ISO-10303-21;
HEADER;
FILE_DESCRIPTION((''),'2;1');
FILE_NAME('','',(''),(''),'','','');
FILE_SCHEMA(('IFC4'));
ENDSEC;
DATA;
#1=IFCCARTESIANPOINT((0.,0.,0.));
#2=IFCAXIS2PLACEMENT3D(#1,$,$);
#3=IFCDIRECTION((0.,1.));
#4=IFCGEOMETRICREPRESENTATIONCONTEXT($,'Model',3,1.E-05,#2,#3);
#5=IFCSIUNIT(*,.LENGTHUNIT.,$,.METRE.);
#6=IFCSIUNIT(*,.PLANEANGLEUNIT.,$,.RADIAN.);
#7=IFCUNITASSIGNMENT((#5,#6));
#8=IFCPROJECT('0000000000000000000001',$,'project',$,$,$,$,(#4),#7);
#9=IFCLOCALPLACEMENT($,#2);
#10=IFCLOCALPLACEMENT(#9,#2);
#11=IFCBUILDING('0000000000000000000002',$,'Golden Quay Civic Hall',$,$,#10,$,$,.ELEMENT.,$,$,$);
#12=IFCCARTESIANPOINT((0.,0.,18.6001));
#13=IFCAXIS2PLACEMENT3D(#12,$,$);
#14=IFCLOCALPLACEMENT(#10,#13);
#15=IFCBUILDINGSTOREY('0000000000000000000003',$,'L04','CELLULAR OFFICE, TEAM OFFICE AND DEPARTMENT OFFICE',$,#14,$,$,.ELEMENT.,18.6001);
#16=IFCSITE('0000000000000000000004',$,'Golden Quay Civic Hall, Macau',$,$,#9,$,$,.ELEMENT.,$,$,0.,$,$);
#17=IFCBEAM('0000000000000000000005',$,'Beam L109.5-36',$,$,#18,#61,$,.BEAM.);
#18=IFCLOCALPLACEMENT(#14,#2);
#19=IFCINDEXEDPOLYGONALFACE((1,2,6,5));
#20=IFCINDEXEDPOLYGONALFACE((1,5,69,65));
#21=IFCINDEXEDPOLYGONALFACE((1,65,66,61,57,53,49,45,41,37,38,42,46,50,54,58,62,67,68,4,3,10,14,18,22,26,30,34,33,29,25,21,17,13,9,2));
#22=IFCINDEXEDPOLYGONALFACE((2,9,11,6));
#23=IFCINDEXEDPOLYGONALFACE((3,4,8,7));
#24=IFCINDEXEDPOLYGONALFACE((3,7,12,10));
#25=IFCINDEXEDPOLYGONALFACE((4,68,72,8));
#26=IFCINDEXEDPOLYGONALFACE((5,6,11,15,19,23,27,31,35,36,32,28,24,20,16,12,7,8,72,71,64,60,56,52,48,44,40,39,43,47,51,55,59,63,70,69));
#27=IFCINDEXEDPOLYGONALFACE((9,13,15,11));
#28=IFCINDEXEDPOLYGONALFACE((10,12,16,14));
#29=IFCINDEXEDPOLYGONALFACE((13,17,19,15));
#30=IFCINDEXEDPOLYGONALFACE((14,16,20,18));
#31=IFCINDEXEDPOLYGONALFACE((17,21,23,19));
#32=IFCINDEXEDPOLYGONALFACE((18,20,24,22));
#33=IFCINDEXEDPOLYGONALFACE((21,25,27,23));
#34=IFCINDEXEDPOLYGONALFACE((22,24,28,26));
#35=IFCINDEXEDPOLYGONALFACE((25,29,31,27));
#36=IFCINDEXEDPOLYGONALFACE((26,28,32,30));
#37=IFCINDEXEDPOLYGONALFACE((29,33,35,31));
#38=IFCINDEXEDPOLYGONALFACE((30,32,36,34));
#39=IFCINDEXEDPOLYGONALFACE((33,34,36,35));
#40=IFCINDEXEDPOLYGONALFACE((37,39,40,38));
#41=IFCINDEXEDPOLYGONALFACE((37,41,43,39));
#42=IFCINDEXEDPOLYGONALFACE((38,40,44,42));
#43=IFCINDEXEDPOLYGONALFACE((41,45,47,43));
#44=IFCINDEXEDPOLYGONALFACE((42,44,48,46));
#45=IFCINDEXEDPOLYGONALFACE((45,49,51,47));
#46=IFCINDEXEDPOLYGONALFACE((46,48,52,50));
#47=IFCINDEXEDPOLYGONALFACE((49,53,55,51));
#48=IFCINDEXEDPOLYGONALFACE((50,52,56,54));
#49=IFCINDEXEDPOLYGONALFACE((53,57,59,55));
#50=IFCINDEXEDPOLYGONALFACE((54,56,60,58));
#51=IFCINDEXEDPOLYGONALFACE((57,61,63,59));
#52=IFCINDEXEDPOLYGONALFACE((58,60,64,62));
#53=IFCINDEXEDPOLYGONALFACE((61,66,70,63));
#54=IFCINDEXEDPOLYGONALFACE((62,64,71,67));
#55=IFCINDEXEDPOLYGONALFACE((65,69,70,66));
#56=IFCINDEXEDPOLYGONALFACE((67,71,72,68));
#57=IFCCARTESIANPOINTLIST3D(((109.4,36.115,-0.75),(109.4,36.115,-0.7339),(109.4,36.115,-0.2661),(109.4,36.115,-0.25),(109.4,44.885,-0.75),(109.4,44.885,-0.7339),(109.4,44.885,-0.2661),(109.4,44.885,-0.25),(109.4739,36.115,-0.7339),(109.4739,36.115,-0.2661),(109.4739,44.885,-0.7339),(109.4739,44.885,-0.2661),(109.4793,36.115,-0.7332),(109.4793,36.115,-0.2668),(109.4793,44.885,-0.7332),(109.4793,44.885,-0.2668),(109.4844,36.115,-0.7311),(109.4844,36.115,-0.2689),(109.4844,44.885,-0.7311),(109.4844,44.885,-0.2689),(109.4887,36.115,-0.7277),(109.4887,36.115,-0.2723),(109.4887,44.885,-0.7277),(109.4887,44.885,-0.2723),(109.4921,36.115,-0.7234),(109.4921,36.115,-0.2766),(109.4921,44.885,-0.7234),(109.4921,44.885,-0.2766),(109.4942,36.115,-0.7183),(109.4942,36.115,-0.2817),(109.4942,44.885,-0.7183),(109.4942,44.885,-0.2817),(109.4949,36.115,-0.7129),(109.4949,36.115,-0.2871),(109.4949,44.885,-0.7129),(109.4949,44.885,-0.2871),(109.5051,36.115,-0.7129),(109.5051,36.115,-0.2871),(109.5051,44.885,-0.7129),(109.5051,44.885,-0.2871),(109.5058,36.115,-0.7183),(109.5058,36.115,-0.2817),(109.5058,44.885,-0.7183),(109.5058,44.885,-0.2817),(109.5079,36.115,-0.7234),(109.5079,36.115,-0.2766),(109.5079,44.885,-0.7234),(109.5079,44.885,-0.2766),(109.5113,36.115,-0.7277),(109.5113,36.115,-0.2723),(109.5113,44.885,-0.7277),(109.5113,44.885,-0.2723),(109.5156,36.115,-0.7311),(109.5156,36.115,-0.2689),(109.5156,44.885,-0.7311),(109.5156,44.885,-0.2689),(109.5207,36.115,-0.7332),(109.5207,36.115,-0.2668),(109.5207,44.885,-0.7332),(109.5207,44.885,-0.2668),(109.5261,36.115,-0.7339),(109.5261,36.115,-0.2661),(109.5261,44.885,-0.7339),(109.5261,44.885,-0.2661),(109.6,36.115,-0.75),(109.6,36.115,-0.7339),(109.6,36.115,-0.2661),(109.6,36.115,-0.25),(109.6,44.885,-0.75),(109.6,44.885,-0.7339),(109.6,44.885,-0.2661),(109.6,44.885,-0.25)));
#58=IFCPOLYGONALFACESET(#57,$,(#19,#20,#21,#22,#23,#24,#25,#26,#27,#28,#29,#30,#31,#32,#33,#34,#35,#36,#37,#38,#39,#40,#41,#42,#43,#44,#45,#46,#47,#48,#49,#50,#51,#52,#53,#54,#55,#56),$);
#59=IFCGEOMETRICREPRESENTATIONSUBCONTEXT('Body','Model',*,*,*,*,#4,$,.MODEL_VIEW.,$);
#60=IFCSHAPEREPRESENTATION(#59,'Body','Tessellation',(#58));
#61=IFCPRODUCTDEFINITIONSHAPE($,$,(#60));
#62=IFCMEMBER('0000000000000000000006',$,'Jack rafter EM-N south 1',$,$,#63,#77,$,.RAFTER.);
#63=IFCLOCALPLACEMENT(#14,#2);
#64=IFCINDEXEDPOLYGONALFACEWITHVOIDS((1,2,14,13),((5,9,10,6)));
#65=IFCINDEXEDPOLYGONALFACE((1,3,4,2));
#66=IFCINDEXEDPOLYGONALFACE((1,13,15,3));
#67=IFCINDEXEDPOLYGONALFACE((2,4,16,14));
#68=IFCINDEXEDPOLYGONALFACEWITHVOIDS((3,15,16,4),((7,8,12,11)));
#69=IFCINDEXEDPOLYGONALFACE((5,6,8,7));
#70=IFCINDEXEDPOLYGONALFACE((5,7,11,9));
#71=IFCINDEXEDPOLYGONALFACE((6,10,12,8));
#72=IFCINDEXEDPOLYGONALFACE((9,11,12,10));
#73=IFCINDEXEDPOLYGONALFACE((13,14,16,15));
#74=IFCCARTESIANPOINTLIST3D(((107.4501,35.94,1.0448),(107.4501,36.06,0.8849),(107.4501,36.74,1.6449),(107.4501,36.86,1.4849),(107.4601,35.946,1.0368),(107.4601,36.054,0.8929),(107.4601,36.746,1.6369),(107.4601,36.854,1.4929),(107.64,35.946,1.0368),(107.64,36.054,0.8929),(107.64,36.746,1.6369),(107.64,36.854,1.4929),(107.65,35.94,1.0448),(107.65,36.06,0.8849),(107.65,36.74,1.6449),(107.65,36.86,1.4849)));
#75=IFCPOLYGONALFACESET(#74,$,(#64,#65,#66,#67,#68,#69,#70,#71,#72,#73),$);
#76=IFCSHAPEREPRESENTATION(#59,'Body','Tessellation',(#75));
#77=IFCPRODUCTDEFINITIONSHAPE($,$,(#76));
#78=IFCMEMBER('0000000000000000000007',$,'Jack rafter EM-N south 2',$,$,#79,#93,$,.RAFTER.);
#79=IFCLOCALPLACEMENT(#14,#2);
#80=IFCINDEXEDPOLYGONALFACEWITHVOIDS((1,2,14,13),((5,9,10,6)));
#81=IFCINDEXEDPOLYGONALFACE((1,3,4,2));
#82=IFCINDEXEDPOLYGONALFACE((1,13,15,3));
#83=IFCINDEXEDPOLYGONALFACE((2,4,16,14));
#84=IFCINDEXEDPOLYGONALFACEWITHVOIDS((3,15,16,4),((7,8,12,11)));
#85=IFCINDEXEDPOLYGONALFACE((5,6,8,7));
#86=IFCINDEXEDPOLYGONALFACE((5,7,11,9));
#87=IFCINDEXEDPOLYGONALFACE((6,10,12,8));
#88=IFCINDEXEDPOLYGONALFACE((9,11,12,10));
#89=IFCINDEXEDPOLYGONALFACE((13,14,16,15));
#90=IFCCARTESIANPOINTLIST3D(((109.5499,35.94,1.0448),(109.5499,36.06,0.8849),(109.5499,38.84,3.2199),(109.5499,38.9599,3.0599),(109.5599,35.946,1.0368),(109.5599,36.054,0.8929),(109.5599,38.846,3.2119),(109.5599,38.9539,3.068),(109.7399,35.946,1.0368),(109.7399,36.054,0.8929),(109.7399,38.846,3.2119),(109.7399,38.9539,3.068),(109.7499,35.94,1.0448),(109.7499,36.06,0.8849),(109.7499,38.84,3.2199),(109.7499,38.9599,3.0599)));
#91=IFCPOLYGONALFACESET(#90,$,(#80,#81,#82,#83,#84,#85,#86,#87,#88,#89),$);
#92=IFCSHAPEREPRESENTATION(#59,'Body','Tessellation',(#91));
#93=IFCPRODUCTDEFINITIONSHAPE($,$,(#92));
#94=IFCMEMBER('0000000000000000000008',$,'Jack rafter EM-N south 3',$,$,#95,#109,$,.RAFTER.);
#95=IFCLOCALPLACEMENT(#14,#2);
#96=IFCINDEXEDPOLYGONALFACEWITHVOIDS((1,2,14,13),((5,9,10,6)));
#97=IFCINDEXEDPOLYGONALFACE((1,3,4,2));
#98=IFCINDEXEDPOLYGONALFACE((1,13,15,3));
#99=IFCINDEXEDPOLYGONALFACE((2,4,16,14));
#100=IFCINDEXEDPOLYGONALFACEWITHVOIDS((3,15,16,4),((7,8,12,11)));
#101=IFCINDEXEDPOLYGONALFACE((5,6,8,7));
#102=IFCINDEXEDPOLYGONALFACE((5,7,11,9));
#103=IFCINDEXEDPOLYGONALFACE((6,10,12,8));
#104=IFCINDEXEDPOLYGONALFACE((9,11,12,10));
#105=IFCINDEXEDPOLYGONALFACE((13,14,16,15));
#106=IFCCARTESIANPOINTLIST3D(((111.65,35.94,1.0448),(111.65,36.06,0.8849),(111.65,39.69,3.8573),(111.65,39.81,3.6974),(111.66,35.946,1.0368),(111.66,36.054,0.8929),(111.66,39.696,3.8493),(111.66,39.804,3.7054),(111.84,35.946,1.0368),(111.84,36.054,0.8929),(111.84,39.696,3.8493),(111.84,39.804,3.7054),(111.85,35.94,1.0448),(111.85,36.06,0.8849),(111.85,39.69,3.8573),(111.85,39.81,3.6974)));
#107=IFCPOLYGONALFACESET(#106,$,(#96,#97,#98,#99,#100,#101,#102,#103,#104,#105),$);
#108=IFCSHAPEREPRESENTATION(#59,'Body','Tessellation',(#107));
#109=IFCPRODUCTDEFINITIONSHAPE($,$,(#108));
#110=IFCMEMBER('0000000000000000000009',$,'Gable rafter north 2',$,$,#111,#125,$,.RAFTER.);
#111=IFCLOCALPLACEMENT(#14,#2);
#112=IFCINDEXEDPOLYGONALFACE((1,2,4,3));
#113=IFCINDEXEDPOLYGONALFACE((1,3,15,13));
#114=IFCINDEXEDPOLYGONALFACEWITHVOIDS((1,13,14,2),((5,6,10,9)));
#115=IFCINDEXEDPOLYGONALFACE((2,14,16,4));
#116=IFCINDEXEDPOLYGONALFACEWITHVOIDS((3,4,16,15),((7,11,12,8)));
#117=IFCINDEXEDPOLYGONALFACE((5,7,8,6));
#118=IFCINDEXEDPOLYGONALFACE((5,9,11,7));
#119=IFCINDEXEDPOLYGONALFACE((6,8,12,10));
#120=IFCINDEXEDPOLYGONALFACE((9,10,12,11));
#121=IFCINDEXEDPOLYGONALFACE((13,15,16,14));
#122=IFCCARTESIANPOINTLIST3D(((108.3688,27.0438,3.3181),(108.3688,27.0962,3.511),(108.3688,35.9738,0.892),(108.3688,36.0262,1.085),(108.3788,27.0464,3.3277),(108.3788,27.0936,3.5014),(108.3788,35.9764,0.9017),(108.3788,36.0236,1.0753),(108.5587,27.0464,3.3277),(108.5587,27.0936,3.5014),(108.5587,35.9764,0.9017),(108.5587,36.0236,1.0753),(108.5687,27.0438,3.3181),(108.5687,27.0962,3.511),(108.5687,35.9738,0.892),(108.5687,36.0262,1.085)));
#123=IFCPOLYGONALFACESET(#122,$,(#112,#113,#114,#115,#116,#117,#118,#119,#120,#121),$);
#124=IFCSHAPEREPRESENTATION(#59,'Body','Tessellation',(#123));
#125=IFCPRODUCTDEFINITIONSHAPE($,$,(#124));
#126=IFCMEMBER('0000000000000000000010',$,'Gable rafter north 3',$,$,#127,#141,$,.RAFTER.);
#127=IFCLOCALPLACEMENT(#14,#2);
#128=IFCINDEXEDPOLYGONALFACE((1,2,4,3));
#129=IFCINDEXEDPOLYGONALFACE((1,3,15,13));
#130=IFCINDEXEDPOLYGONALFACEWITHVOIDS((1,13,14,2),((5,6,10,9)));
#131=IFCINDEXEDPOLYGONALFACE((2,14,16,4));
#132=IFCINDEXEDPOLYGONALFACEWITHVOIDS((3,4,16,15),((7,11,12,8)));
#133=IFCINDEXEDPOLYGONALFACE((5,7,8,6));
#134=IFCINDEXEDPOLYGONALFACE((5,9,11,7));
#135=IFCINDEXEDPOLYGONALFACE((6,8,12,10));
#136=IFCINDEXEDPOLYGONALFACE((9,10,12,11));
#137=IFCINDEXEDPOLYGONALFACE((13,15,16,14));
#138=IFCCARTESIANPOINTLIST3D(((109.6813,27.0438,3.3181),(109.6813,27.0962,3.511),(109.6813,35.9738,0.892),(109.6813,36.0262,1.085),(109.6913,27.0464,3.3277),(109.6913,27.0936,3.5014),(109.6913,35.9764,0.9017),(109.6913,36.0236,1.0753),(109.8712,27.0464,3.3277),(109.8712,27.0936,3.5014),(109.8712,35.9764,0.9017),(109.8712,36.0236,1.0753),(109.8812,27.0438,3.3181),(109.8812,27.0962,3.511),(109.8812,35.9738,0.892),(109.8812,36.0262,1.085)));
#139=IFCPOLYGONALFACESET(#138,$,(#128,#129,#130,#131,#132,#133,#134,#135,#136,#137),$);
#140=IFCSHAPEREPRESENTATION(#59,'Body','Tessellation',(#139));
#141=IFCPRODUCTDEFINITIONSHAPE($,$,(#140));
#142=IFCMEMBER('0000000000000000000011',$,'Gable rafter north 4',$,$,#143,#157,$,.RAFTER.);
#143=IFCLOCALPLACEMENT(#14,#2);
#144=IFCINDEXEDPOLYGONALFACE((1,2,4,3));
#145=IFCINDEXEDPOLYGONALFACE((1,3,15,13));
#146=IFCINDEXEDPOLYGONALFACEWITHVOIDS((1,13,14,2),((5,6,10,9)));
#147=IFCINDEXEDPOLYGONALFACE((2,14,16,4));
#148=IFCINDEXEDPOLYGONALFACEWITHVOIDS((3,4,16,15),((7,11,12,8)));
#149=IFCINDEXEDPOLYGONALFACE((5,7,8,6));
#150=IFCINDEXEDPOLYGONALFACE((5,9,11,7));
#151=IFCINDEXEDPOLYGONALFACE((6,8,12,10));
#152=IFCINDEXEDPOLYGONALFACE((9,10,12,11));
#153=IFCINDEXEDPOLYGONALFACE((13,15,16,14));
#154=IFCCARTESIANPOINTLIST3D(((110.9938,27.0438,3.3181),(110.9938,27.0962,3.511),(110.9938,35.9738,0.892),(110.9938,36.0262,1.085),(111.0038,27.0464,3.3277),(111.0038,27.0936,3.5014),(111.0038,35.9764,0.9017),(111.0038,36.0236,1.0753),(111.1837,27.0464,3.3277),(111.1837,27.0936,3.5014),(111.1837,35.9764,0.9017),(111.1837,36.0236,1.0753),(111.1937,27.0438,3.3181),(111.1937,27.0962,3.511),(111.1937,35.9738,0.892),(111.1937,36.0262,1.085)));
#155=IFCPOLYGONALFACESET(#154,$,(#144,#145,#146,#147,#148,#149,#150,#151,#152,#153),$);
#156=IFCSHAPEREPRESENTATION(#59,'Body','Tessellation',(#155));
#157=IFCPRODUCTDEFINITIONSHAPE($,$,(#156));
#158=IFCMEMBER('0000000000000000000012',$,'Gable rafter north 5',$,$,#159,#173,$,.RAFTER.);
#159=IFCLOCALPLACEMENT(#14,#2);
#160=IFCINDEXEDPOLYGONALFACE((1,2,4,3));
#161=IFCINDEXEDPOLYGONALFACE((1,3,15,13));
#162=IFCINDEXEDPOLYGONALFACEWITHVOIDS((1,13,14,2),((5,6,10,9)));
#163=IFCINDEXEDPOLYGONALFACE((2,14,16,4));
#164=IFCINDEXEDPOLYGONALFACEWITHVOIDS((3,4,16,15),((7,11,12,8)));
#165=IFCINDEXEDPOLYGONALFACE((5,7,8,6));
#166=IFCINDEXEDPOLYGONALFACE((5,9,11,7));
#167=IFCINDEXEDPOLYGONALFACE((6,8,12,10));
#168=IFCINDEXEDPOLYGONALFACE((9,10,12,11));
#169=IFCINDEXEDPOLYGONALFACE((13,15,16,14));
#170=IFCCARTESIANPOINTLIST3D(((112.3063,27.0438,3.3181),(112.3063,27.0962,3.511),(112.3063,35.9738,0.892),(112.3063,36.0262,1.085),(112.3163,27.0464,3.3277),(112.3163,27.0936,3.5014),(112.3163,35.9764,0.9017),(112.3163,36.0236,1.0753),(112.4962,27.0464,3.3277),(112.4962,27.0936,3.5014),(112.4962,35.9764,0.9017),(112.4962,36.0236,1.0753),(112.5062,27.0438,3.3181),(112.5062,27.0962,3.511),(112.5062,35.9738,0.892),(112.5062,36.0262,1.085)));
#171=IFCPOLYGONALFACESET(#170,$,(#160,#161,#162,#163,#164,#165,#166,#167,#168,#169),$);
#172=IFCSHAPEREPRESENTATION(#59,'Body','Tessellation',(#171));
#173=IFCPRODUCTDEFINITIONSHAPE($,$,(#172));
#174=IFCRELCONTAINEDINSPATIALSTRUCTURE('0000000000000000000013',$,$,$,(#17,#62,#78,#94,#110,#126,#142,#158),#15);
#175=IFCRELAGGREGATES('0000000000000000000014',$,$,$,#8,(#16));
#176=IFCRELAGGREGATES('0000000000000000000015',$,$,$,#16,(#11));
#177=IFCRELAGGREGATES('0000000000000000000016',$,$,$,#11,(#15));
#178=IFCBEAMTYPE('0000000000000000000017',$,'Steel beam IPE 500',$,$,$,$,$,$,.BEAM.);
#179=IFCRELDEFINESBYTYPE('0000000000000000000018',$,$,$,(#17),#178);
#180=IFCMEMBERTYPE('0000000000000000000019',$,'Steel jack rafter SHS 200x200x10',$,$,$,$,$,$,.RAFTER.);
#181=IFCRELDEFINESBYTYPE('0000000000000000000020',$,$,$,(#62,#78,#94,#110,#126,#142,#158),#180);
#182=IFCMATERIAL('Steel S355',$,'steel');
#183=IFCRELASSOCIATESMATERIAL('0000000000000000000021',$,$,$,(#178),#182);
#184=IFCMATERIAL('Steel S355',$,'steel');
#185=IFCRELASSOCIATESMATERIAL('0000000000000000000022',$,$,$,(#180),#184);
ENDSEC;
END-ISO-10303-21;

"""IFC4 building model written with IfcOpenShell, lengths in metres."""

from ifc_helpers import new_model, si_unit, direction, frame, origin, origin_2d, place, context, subcontext, project, spatial, hollow_rectangle, i_section, extrude, material, material_profile, profile_set, type_object, element, save


model = new_model("IFC4")

# Units and contexts
model_context = context("Model", 3, precision=1e-05, world=origin(), true_north=direction((0.0, 1.0)))
body_context = subcontext(model_context, "Body", "Model", "MODEL_VIEW")
ifc_project = project(units=[si_unit("LENGTHUNIT", "METRE"), si_unit("PLANEANGLEUNIT", "RADIAN")], contexts=[model_context])

# Site, building, storey
site_placement = place(None, origin())
site = spatial("IfcSite", under=ifc_project, at=site_placement, Name="Golden Quay Civic Hall, Macau", CompositionType="ELEMENT", RefElevation=0.0)
building_placement = place(site_placement, origin())
building = spatial("IfcBuilding", under=site, at=building_placement, Name="Golden Quay Civic Hall", CompositionType="ELEMENT")
storey_placement = place(building_placement, frame((0.0, 0.0, 18.6001)))
storey = spatial("IfcBuildingStorey", under=building, at=storey_placement, Name="L04", Description="CELLULAR OFFICE, TEAM OFFICE AND DEPARTMENT OFFICE", CompositionType="ELEMENT", Elevation=18.6001)

# Beam
ifc_material_1 = material(Name="Steel S355", Category="steel")
ifc_material_profile_1 = material_profile(ifc_material_1, i_section(OverallWidth=0.2, OverallDepth=0.5, WebThickness=0.0103, FlangeThickness=0.0161, FilletRadius=0.021, at=origin_2d()), Name="IPE 500")
ifc_profile_set_1 = profile_set([ifc_material_profile_1], Name="Steel S355")
beam_type_1 = type_object("IfcBeamType", Name="Steel beam IPE 500", PredefinedType="BEAM", material=ifc_profile_set_1)
beam_1_placement = place(storey_placement, frame((109.5, 36.115, -0.5), z_axis=(0.0, 1.0, 0.0), x_axis=(-1.0, 0.0, 0.0)))
element("IfcBeam", 1, at=beam_1_placement, inside=storey, type_object=beam_type_1, Name="Beam L109.5-36", PredefinedType="BEAM", context=body_context, shape_type="SweptSolid", body=[
    extrude(i_section(OverallWidth=0.2, OverallDepth=0.5, WebThickness=0.0103, FlangeThickness=0.0161, FilletRadius=0.021, at=origin_2d()), origin(), (0.0, 0.0, 1.0), 8.77),
])

# Members
ifc_material_2 = material(Name="Steel S355", Category="steel")
ifc_material_profile_2 = material_profile(ifc_material_2, hollow_rectangle(XDim=0.2, YDim=0.2, WallThickness=0.01, at=origin_2d()), Name="SHS 200x200x10")
ifc_profile_set_2 = profile_set([ifc_material_profile_2], Name="Steel S355")
member_type_1 = type_object("IfcMemberType", Name="Steel jack rafter SHS 200x200x10", PredefinedType="RAFTER", material=ifc_profile_set_2)
member_1_placement = place(storey_placement, frame((107.55, 36.0, 0.9648), z_axis=(0.0, 0.799971, 0.600039), x_axis=(-1.0, 0.0, 0.0)))
element("IfcMember", 2, at=member_1_placement, inside=storey, type_object=member_type_1, Name="Jack rafter EM-N south 1", PredefinedType="RAFTER", context=body_context, shape_type="SweptSolid", body=[
    extrude(hollow_rectangle(XDim=0.2, YDim=0.2, WallThickness=0.01, at=origin_2d()), origin(), (0.0, 0.0, 1.0), 1.0),
])
member_2_placement = place(storey_placement, frame((109.6499, 36.0, 0.9648), z_axis=(0.0, 0.799984, 0.600022), x_axis=(-1.0, 0.0, 0.0)))
element("IfcMember", 3, at=member_2_placement, inside=storey, type_object=member_type_1, Name="Jack rafter EM-N south 2", PredefinedType="RAFTER", context=body_context, shape_type="SweptSolid", body=[
    extrude(hollow_rectangle(XDim=0.2, YDim=0.2, WallThickness=0.01, at=origin_2d()), origin(), (0.0, 0.0, 1.0), 3.625),
])
member_3_placement = place(storey_placement, frame((111.75, 36.0, 0.9648), z_axis=(0.0, 0.8, 0.6), x_axis=(-1.0, 0.0, 0.0)))
element("IfcMember", 4, at=member_3_placement, inside=storey, type_object=member_type_1, Name="Jack rafter EM-N south 3", PredefinedType="RAFTER", context=body_context, shape_type="SweptSolid", body=[
    extrude(hollow_rectangle(XDim=0.2, YDim=0.2, WallThickness=0.01, at=origin_2d()), origin(), (0.0, 0.0, 1.0), 4.6875),
])
for number, where, z_axis, x_axis, name in (
    (5, (108.4688, 36.0, 0.9885), (0.0, -0.965022, 0.262171), (1.0, 0.0, 0.0), "Gable rafter north 2"),
    (6, (109.7812, 36.0, 0.9885), (0.0, -0.965022, 0.262171), (1.0, 0.0, 0.0), "Gable rafter north 3"),
    (7, (111.0938, 36.0, 0.9885), (0.0, -0.965022, 0.262171), (1.0, 0.0, 0.0), "Gable rafter north 4"),
    (8, (112.4062, 36.0, 0.9885), (0.0, -0.965022, 0.262171), (1.0, 0.0, 0.0), "Gable rafter north 5"),
):
    element("IfcMember", number, at=place(storey_placement, frame(where, z_axis=z_axis, x_axis=x_axis)), inside=storey, type_object=member_type_1, Name=name, PredefinedType="RAFTER", context=body_context, shape_type="SweptSolid", body=[
        extrude(hollow_rectangle(XDim=0.2, YDim=0.2, WallThickness=0.01, at=origin_2d()), origin(), (0.0, 0.0, 1.0), 9.2537),
    ])

save(model, "model.ifc")
